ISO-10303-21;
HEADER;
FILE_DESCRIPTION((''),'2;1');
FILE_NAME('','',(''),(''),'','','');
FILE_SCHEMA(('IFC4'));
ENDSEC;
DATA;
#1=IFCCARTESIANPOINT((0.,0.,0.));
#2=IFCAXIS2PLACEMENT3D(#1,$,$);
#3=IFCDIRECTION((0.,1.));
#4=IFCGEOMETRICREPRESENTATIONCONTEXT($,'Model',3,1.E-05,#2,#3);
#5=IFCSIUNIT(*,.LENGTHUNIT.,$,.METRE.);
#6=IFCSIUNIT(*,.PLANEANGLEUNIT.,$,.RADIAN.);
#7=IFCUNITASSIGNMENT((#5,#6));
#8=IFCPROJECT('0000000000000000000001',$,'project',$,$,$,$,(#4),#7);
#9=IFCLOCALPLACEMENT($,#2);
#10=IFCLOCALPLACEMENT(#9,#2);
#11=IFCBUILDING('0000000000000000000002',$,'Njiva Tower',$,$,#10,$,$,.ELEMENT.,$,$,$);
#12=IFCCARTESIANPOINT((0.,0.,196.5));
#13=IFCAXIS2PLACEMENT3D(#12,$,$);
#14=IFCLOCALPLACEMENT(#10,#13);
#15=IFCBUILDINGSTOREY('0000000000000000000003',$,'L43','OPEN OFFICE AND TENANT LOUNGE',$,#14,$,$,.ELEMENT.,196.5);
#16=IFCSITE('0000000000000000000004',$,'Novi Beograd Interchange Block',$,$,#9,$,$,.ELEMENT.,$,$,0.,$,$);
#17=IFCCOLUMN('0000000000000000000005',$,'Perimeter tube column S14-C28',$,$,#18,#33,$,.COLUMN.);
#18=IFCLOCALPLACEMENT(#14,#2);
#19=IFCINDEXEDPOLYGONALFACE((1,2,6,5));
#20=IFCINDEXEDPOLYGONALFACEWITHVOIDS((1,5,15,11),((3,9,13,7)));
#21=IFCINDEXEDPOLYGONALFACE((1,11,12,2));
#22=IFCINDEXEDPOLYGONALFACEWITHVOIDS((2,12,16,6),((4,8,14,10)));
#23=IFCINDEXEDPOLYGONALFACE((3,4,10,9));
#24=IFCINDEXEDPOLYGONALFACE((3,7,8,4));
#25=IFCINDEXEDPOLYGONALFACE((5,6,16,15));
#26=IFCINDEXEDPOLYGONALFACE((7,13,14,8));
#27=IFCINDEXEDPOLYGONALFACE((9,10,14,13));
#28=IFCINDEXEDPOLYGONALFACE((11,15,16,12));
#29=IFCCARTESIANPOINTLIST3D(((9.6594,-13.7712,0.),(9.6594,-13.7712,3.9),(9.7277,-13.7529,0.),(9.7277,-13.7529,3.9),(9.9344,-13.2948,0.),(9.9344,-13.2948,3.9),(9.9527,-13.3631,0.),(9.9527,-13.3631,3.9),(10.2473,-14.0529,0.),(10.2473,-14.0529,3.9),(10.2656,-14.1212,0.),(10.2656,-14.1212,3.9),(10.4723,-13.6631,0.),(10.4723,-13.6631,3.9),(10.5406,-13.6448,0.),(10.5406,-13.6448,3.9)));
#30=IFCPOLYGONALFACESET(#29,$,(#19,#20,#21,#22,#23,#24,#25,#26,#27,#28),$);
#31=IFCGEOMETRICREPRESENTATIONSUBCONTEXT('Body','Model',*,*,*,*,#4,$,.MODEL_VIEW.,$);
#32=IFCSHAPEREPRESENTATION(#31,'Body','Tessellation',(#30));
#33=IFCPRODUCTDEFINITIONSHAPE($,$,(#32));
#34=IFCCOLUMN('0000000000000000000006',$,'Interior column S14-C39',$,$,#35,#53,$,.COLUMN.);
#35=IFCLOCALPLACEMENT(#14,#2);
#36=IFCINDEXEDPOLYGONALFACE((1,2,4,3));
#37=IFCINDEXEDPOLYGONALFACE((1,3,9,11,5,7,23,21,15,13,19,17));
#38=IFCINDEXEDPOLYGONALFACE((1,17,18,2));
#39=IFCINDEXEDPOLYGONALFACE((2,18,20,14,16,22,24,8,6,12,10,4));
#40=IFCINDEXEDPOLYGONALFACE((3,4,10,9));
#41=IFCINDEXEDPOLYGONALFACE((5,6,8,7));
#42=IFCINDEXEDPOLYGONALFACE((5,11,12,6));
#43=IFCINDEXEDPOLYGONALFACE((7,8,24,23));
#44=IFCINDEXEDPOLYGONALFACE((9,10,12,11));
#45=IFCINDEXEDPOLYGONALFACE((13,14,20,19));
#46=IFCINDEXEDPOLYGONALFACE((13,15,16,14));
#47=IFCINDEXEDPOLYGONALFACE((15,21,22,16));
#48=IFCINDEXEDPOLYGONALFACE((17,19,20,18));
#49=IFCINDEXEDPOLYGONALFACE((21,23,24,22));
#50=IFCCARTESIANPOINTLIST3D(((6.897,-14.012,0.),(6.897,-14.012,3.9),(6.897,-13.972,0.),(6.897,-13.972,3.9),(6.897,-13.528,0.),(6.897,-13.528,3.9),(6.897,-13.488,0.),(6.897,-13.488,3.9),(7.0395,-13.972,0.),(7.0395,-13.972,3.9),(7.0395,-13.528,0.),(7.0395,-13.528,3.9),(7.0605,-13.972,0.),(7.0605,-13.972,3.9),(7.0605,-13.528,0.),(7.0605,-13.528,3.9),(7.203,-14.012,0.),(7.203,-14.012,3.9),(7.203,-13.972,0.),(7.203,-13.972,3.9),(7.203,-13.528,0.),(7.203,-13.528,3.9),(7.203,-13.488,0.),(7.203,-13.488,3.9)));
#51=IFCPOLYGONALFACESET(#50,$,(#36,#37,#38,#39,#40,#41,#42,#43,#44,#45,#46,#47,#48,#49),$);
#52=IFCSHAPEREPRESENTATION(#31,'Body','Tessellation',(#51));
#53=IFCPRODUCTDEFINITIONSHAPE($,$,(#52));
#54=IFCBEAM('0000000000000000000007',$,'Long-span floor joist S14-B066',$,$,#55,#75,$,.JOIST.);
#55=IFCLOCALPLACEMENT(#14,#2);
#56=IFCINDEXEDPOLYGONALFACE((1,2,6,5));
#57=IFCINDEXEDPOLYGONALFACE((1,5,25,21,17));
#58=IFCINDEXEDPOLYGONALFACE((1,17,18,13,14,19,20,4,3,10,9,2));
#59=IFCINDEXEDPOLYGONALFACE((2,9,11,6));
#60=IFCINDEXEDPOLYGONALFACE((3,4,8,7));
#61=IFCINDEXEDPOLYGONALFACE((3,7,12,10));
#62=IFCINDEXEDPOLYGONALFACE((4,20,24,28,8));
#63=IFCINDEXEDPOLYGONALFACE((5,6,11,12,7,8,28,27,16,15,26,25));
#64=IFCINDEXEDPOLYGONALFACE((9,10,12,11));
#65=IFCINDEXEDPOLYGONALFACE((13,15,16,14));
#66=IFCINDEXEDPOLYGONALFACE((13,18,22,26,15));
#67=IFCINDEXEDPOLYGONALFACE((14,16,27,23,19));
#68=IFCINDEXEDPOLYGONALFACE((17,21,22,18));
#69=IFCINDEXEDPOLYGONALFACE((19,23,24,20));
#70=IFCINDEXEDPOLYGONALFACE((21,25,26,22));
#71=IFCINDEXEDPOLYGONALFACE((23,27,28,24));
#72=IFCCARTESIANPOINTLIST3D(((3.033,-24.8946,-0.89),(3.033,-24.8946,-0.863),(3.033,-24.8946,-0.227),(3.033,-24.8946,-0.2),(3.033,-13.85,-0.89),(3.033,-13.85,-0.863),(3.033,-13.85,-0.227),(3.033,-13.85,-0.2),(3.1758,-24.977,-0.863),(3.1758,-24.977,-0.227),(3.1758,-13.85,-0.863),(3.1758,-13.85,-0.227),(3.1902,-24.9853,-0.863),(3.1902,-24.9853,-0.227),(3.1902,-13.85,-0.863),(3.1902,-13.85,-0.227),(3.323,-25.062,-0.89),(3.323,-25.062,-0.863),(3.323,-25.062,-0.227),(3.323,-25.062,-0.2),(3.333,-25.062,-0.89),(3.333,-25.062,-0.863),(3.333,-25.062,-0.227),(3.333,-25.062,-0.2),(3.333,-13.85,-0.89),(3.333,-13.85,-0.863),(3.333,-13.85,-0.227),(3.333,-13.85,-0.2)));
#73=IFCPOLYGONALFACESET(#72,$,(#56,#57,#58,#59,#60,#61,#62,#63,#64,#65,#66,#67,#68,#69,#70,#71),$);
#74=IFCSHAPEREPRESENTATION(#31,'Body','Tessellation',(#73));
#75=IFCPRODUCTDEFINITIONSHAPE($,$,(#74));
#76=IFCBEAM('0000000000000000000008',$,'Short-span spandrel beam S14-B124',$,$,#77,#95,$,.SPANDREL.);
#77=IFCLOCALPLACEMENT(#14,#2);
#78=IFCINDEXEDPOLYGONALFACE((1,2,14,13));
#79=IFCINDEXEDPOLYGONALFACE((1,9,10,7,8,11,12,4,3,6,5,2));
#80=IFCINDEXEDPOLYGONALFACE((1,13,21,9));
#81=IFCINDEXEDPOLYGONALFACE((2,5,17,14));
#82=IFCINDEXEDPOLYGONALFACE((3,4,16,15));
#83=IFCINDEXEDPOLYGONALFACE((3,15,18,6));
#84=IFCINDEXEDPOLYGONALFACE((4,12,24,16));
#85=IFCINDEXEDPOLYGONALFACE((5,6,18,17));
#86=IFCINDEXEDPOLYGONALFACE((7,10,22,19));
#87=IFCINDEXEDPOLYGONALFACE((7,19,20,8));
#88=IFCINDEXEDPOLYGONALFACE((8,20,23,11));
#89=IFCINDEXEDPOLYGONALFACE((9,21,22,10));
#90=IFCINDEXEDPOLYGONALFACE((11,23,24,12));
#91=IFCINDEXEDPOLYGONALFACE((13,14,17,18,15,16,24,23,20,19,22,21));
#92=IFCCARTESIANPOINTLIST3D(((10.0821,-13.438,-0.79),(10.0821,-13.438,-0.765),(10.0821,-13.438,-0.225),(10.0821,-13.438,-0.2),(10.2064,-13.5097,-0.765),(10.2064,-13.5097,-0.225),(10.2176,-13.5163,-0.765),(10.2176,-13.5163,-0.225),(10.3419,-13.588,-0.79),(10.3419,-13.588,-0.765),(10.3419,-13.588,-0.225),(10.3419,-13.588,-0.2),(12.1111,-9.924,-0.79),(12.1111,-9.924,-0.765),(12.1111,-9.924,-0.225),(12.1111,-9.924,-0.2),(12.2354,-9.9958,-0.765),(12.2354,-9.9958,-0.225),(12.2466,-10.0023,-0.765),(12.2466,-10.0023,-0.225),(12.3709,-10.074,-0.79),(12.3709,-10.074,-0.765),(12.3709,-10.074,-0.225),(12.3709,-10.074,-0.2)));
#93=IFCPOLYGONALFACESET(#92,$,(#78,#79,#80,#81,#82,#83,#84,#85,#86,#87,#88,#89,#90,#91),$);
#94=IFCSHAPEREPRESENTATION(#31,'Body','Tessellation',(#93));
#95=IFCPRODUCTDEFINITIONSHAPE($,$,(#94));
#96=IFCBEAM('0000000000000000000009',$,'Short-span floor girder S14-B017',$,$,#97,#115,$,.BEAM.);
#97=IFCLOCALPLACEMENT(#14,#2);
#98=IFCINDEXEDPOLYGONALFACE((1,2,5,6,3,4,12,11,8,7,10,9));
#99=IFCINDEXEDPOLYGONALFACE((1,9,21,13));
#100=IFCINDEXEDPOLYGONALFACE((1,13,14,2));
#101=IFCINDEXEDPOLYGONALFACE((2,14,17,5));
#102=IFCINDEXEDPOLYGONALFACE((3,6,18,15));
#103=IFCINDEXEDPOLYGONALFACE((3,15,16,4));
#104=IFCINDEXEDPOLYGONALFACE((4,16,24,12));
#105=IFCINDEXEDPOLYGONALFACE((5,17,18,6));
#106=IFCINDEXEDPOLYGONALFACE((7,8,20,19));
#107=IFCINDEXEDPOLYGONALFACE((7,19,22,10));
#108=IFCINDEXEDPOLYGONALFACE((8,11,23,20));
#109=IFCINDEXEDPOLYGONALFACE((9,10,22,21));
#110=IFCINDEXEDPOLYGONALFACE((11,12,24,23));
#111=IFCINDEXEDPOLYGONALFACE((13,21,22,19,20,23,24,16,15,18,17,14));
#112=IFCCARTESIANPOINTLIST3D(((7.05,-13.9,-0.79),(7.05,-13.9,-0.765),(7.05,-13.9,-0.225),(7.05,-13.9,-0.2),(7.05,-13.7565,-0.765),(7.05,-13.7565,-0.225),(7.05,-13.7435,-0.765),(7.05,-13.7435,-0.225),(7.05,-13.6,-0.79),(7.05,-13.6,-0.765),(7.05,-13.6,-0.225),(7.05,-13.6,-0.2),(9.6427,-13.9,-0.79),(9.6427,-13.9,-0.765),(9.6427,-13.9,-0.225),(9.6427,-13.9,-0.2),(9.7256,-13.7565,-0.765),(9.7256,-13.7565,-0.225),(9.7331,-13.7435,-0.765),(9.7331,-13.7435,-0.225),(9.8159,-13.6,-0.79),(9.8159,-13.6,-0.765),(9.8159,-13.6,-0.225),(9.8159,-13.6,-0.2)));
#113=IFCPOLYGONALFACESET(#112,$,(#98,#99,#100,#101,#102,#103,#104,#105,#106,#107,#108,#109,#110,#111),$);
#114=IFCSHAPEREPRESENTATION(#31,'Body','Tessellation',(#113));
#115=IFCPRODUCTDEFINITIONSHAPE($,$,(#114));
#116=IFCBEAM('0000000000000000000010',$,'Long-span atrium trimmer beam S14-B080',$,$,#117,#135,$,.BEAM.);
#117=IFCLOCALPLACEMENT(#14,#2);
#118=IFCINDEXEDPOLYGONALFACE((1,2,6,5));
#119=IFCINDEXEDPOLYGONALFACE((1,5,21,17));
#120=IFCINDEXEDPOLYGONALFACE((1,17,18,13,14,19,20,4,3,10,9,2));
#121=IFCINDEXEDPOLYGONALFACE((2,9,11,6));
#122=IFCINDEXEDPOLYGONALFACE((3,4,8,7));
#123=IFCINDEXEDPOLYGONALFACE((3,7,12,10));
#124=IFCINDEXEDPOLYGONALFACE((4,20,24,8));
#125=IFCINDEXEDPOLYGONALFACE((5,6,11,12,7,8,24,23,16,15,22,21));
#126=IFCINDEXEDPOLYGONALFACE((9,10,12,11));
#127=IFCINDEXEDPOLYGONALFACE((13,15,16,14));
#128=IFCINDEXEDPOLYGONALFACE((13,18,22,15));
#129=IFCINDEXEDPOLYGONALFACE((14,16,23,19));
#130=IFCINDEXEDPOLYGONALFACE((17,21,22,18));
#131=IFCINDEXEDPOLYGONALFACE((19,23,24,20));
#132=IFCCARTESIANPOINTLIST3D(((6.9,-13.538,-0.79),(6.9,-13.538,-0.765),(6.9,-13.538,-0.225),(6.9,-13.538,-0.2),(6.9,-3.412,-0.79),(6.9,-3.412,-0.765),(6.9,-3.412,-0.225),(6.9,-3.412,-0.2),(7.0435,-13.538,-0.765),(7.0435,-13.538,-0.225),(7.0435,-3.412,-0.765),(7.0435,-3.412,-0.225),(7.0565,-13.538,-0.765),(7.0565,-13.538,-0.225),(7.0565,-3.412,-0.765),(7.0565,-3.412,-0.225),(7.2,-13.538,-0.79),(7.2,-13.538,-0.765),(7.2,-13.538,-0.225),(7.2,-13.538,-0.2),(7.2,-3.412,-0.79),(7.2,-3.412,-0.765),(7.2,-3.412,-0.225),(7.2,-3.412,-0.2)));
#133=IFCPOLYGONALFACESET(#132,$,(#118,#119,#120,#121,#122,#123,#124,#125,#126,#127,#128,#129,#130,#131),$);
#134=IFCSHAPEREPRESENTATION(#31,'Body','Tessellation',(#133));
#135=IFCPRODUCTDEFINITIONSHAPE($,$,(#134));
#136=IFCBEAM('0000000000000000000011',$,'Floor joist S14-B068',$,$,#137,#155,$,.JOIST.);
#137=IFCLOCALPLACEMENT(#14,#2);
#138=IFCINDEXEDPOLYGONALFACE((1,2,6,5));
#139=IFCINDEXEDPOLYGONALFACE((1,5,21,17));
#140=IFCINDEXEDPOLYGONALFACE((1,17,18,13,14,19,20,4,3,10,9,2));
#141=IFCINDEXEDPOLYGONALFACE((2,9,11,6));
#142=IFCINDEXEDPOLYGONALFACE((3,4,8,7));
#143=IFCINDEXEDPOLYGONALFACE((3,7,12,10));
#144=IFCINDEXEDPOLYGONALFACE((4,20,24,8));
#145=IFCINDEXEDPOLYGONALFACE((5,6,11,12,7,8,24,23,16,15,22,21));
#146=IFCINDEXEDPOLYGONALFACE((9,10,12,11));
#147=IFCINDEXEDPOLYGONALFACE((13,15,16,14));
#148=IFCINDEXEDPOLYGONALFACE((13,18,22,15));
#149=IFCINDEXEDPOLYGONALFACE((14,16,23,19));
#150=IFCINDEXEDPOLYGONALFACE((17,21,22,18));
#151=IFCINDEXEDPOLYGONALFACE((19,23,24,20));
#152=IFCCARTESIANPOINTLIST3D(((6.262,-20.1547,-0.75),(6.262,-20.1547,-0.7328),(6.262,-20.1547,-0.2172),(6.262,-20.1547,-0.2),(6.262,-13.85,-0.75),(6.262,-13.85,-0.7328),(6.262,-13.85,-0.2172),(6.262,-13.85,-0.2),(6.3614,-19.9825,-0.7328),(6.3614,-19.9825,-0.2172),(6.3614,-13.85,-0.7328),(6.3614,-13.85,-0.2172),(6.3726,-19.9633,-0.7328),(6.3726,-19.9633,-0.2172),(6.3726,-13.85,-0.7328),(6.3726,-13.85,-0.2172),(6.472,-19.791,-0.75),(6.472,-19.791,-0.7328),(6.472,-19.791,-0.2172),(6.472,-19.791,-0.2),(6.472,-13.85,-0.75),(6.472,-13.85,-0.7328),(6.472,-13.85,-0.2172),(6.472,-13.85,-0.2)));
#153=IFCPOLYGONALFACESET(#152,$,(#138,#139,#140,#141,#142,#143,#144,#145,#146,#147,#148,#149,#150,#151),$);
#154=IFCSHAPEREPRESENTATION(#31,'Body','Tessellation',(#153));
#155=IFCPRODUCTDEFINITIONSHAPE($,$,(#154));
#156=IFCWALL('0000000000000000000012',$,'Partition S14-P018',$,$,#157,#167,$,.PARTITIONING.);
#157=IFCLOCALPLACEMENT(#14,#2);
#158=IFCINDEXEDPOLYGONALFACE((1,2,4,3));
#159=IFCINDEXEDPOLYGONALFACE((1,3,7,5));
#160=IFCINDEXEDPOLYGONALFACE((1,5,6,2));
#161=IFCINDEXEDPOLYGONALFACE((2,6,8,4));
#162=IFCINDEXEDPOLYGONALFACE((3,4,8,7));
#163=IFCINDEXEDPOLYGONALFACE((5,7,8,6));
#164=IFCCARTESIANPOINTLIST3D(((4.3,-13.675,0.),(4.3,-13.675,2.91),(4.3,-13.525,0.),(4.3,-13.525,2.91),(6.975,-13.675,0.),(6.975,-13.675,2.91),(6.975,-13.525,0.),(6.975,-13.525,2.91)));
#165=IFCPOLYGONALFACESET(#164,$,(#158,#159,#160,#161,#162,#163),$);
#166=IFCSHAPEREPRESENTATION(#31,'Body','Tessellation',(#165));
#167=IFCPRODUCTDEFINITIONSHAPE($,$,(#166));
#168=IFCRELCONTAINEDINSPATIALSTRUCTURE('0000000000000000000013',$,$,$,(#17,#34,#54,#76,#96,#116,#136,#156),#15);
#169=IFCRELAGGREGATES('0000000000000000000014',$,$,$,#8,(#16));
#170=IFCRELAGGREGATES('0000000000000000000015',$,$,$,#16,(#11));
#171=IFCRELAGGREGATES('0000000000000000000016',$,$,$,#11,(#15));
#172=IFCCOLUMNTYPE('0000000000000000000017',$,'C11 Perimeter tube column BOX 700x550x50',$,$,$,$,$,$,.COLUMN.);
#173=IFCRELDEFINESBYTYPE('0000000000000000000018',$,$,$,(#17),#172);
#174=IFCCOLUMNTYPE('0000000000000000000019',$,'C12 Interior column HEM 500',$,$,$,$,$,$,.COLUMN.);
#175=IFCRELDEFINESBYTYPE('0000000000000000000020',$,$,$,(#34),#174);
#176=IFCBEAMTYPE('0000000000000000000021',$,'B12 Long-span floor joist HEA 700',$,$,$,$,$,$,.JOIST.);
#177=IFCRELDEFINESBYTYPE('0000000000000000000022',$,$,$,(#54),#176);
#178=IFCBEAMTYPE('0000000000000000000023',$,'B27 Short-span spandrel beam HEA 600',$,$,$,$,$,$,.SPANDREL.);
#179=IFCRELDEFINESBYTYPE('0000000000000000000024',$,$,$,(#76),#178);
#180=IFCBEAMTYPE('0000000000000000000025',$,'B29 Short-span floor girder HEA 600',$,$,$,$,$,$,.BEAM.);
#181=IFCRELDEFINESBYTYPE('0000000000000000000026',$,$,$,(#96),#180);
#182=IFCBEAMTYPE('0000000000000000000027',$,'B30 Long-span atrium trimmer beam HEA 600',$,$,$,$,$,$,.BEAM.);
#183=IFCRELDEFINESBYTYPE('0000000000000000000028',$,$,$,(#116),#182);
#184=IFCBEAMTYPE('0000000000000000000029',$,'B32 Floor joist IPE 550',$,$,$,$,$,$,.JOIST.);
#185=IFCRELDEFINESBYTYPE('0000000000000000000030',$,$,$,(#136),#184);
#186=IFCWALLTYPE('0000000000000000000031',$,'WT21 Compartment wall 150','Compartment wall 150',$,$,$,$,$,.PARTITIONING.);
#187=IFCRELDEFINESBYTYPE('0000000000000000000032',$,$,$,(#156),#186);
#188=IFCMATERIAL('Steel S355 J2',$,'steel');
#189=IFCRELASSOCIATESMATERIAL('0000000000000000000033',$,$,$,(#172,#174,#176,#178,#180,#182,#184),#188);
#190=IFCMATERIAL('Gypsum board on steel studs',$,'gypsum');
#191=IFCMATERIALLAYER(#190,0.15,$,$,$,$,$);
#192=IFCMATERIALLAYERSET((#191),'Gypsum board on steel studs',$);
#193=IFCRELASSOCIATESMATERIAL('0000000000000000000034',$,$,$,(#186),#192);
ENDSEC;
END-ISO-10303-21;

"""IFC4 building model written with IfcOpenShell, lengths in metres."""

from ifc_helpers import new_model, si_unit, direction, frame, frame_2d, origin, origin_2d, place, context, subcontext, project, spatial, rectangle, hollow_rectangle, i_section, extrude, clip, halfspace, material, layer, layer_set, material_profile, profile_set, type_object, element, save


model = new_model("IFC4")

# Units and contexts
model_context = context("Model", 3, precision=1e-05, world=origin(), true_north=direction((0.0, 1.0)))
body_context = subcontext(model_context, "Body", "Model", "MODEL_VIEW")
ifc_project = project(units=[si_unit("LENGTHUNIT", "METRE"), si_unit("PLANEANGLEUNIT", "RADIAN")], contexts=[model_context])

# Site, building, storey
site_placement = place(None, origin())
site = spatial("IfcSite", under=ifc_project, at=site_placement, Name="Novi Beograd Interchange Block", CompositionType="ELEMENT", RefElevation=0.0)
building_placement = place(site_placement, origin())
building = spatial("IfcBuilding", under=site, at=building_placement, Name="Njiva Tower", CompositionType="ELEMENT")
storey_placement = place(building_placement, frame((0.0, 0.0, 196.5)))
storey = spatial("IfcBuildingStorey", under=building, at=storey_placement, Name="L43", Description="OPEN OFFICE AND TENANT LOUNGE", CompositionType="ELEMENT", Elevation=196.5)

# Columns
ifc_material_1 = material(Name="Steel S355 J2", Category="steel")
ifc_material_profile_1 = material_profile(ifc_material_1, hollow_rectangle(XDim=0.55, YDim=0.7, WallThickness=0.05, at=origin_2d()), Name="BOX 700x550x50")
ifc_profile_set_1 = profile_set([ifc_material_profile_1], Name="Steel S355 J2")
column_type_1 = type_object("IfcColumnType", Name="C11 Perimeter tube column BOX 700x550x50", PredefinedType="COLUMN", material=ifc_profile_set_1)
column_1_placement = place(storey_placement, frame((10.1, -13.708, 0.0), z_axis=(0.0, 0.0, 1.0), x_axis=(0.5, 0.866025, 0.0)))
element("IfcColumn", 1, at=column_1_placement, inside=storey, type_object=column_type_1, Name="Perimeter tube column S14-C28", PredefinedType="COLUMN", context=body_context, shape_type="SweptSolid", body=[
    extrude(hollow_rectangle(XDim=0.55, YDim=0.7, WallThickness=0.05, at=origin_2d()), origin(), (0.0, 0.0, 1.0), 3.9),
])
ifc_material_profile_2 = material_profile(ifc_material_1, i_section(OverallWidth=0.306, OverallDepth=0.524, WebThickness=0.021, FlangeThickness=0.04, at=origin_2d()), Name="HEM 500")
ifc_profile_set_2 = profile_set([ifc_material_profile_2], Name="Steel S355 J2")
column_type_2 = type_object("IfcColumnType", Name="C12 Interior column HEM 500", PredefinedType="COLUMN", material=ifc_profile_set_2)
column_2_placement = place(storey_placement, frame((7.05, -13.75, 0.0), z_axis=(0.0, 0.0, 1.0), x_axis=(1.0, 0.0, 0.0)))
element("IfcColumn", 2, at=column_2_placement, inside=storey, type_object=column_type_2, Name="Interior column S14-C39", PredefinedType="COLUMN", context=body_context, shape_type="SweptSolid", body=[
    extrude(i_section(OverallWidth=0.306, OverallDepth=0.524, WebThickness=0.021, FlangeThickness=0.04, at=origin_2d()), origin(), (0.0, 0.0, 1.0), 3.9),
])

# Beams
ifc_material_profile_3 = material_profile(ifc_material_1, i_section(OverallWidth=0.3, OverallDepth=0.69, WebThickness=0.0145, FlangeThickness=0.027, at=origin_2d()), Name="HEA 700")
ifc_profile_set_3 = profile_set([ifc_material_profile_3], Name="Steel S355 J2")
beam_type_1 = type_object("IfcBeamType", Name="B12 Long-span floor joist HEA 700", PredefinedType="JOIST", material=ifc_profile_set_3)
beam_1_placement = place(storey_placement, frame((3.183, -13.85, -0.545), z_axis=(0.0, -1.0, 0.0), x_axis=(1.0, 0.0, 0.0)))
element("IfcBeam", 3, at=beam_1_placement, inside=storey, type_object=beam_type_1, Name="Long-span floor joist S14-B066", PredefinedType="JOIST", context=body_context, shape_type="Clipping", body=[
    clip(extrude(i_section(OverallWidth=0.3, OverallDepth=0.69, WebThickness=0.0145, FlangeThickness=0.027, at=origin_2d()), origin(), (0.0, 0.0, 1.0), 11.212), halfspace(frame((-0.0247, 0.0, 11.1169), z_axis=(-0.499998, 0.0, 0.866027), x_axis=(0.0, 1.0, 0.0)), False)),
])
ifc_material_profile_4 = material_profile(ifc_material_1, i_section(OverallWidth=0.3, OverallDepth=0.59, WebThickness=0.013, FlangeThickness=0.025, at=origin_2d()), Name="HEA 600")
ifc_profile_set_4 = profile_set([ifc_material_profile_4], Name="Steel S355 J2")
beam_type_2 = type_object("IfcBeamType", Name="B27 Short-span spandrel beam HEA 600", PredefinedType="SPANDREL", material=ifc_profile_set_4)
beam_2_placement = place(storey_placement, frame((10.212, -13.513, -0.495), z_axis=(0.500035, 0.866005, 0.0), x_axis=(-0.866005, 0.500035, 0.0)))
element("IfcBeam", 4, at=beam_2_placement, inside=storey, type_object=beam_type_2, Name="Short-span spandrel beam S14-B124", PredefinedType="SPANDREL", context=body_context, shape_type="SweptSolid", body=[
    extrude(i_section(OverallWidth=0.3, OverallDepth=0.59, WebThickness=0.013, FlangeThickness=0.025, at=origin_2d()), origin(), (0.0, 0.0, 1.0), 4.0577),
])
ifc_material_profile_5 = material_profile(ifc_material_1, i_section(OverallWidth=0.3, OverallDepth=0.59, WebThickness=0.013, FlangeThickness=0.025, at=origin_2d()), Name="HEA 600")
ifc_profile_set_5 = profile_set([ifc_material_profile_5], Name="Steel S355 J2")
beam_type_3 = type_object("IfcBeamType", Name="B29 Short-span floor girder HEA 600", PredefinedType="BEAM", material=ifc_profile_set_5)
beam_3_placement = place(storey_placement, frame((7.05, -13.75, -0.495), z_axis=(1.0, 0.0, 0.0), x_axis=(0.0, 1.0, 0.0)))
element("IfcBeam", 5, at=beam_3_placement, inside=storey, type_object=beam_type_3, Name="Short-span floor girder S14-B017", PredefinedType="BEAM", context=body_context, shape_type="Clipping", body=[
    clip(extrude(i_section(OverallWidth=0.3, OverallDepth=0.59, WebThickness=0.013, FlangeThickness=0.025, at=origin_2d()), origin(), (0.0, 0.0, 1.0), 2.786), halfspace(frame((-0.025, 0.0, 2.6649), z_axis=(-0.499998, 0.0, 0.866027), x_axis=(0.0, 1.0, 0.0)), False)),
])
ifc_material_profile_6 = material_profile(ifc_material_1, i_section(OverallWidth=0.3, OverallDepth=0.59, WebThickness=0.013, FlangeThickness=0.025, at=origin_2d()), Name="HEA 600")
ifc_profile_set_6 = profile_set([ifc_material_profile_6], Name="Steel S355 J2")
beam_type_4 = type_object("IfcBeamType", Name="B30 Long-span atrium trimmer beam HEA 600", PredefinedType="BEAM", material=ifc_profile_set_6)
beam_4_placement = place(storey_placement, frame((7.05, -13.538, -0.495), z_axis=(0.0, 1.0, 0.0), x_axis=(-1.0, 0.0, 0.0)))
element("IfcBeam", 6, at=beam_4_placement, inside=storey, type_object=beam_type_4, Name="Long-span atrium trimmer beam S14-B080", PredefinedType="BEAM", context=body_context, shape_type="SweptSolid", body=[
    extrude(i_section(OverallWidth=0.3, OverallDepth=0.59, WebThickness=0.013, FlangeThickness=0.025, at=origin_2d()), origin(), (0.0, 0.0, 1.0), 10.126),
])
ifc_material_profile_7 = material_profile(ifc_material_1, i_section(OverallWidth=0.21, OverallDepth=0.55, WebThickness=0.0111, FlangeThickness=0.0172, at=origin_2d()), Name="IPE 550")
ifc_profile_set_7 = profile_set([ifc_material_profile_7], Name="Steel S355 J2")
beam_type_5 = type_object("IfcBeamType", Name="B32 Floor joist IPE 550", PredefinedType="JOIST", material=ifc_profile_set_7)
beam_5_placement = place(storey_placement, frame((6.367, -13.85, -0.475), z_axis=(0.0, -1.0, 0.0), x_axis=(1.0, 0.0, 0.0)))
element("IfcBeam", 7, at=beam_5_placement, inside=storey, type_object=beam_type_5, Name="Floor joist S14-B068", PredefinedType="JOIST", context=body_context, shape_type="Clipping", body=[
    clip(extrude(i_section(OverallWidth=0.21, OverallDepth=0.55, WebThickness=0.0111, FlangeThickness=0.0172, at=origin_2d()), origin(), (0.0, 0.0, 1.0), 6.325), halfspace(frame((0.043, 0.0, 6.0484), z_axis=(0.866027, 0.0, 0.499998), x_axis=(0.0, 1.0, 0.0)), False)),
])

# Wall
ifc_material_2 = material(Name="Gypsum board on steel studs", Category="gypsum")
ifc_layer_1 = layer(ifc_material_2, 0.15)
ifc_layer_set_1 = layer_set([ifc_layer_1], Name="Gypsum board on steel studs")
wall_type_1 = type_object("IfcWallType", Name="WT21 Compartment wall 150", Description="Compartment wall 150", PredefinedType="PARTITIONING", material=ifc_layer_set_1)
wall_1_placement = place(storey_placement, frame((4.3, -13.6, 0.0), z_axis=(0.0, 0.0, 1.0), x_axis=(1.0, 0.0, 0.0)))
element("IfcWall", 8, at=wall_1_placement, inside=storey, type_object=wall_type_1, Name="Partition S14-P018", PredefinedType="PARTITIONING", context=body_context, shape_type="SweptSolid", body=[
    extrude(rectangle(XDim=2.675, YDim=0.15, at=frame_2d((1.3375, 0.0))), origin(), (0.0, 0.0, 1.0), 2.91),
])

save(model, "model.ifc")
